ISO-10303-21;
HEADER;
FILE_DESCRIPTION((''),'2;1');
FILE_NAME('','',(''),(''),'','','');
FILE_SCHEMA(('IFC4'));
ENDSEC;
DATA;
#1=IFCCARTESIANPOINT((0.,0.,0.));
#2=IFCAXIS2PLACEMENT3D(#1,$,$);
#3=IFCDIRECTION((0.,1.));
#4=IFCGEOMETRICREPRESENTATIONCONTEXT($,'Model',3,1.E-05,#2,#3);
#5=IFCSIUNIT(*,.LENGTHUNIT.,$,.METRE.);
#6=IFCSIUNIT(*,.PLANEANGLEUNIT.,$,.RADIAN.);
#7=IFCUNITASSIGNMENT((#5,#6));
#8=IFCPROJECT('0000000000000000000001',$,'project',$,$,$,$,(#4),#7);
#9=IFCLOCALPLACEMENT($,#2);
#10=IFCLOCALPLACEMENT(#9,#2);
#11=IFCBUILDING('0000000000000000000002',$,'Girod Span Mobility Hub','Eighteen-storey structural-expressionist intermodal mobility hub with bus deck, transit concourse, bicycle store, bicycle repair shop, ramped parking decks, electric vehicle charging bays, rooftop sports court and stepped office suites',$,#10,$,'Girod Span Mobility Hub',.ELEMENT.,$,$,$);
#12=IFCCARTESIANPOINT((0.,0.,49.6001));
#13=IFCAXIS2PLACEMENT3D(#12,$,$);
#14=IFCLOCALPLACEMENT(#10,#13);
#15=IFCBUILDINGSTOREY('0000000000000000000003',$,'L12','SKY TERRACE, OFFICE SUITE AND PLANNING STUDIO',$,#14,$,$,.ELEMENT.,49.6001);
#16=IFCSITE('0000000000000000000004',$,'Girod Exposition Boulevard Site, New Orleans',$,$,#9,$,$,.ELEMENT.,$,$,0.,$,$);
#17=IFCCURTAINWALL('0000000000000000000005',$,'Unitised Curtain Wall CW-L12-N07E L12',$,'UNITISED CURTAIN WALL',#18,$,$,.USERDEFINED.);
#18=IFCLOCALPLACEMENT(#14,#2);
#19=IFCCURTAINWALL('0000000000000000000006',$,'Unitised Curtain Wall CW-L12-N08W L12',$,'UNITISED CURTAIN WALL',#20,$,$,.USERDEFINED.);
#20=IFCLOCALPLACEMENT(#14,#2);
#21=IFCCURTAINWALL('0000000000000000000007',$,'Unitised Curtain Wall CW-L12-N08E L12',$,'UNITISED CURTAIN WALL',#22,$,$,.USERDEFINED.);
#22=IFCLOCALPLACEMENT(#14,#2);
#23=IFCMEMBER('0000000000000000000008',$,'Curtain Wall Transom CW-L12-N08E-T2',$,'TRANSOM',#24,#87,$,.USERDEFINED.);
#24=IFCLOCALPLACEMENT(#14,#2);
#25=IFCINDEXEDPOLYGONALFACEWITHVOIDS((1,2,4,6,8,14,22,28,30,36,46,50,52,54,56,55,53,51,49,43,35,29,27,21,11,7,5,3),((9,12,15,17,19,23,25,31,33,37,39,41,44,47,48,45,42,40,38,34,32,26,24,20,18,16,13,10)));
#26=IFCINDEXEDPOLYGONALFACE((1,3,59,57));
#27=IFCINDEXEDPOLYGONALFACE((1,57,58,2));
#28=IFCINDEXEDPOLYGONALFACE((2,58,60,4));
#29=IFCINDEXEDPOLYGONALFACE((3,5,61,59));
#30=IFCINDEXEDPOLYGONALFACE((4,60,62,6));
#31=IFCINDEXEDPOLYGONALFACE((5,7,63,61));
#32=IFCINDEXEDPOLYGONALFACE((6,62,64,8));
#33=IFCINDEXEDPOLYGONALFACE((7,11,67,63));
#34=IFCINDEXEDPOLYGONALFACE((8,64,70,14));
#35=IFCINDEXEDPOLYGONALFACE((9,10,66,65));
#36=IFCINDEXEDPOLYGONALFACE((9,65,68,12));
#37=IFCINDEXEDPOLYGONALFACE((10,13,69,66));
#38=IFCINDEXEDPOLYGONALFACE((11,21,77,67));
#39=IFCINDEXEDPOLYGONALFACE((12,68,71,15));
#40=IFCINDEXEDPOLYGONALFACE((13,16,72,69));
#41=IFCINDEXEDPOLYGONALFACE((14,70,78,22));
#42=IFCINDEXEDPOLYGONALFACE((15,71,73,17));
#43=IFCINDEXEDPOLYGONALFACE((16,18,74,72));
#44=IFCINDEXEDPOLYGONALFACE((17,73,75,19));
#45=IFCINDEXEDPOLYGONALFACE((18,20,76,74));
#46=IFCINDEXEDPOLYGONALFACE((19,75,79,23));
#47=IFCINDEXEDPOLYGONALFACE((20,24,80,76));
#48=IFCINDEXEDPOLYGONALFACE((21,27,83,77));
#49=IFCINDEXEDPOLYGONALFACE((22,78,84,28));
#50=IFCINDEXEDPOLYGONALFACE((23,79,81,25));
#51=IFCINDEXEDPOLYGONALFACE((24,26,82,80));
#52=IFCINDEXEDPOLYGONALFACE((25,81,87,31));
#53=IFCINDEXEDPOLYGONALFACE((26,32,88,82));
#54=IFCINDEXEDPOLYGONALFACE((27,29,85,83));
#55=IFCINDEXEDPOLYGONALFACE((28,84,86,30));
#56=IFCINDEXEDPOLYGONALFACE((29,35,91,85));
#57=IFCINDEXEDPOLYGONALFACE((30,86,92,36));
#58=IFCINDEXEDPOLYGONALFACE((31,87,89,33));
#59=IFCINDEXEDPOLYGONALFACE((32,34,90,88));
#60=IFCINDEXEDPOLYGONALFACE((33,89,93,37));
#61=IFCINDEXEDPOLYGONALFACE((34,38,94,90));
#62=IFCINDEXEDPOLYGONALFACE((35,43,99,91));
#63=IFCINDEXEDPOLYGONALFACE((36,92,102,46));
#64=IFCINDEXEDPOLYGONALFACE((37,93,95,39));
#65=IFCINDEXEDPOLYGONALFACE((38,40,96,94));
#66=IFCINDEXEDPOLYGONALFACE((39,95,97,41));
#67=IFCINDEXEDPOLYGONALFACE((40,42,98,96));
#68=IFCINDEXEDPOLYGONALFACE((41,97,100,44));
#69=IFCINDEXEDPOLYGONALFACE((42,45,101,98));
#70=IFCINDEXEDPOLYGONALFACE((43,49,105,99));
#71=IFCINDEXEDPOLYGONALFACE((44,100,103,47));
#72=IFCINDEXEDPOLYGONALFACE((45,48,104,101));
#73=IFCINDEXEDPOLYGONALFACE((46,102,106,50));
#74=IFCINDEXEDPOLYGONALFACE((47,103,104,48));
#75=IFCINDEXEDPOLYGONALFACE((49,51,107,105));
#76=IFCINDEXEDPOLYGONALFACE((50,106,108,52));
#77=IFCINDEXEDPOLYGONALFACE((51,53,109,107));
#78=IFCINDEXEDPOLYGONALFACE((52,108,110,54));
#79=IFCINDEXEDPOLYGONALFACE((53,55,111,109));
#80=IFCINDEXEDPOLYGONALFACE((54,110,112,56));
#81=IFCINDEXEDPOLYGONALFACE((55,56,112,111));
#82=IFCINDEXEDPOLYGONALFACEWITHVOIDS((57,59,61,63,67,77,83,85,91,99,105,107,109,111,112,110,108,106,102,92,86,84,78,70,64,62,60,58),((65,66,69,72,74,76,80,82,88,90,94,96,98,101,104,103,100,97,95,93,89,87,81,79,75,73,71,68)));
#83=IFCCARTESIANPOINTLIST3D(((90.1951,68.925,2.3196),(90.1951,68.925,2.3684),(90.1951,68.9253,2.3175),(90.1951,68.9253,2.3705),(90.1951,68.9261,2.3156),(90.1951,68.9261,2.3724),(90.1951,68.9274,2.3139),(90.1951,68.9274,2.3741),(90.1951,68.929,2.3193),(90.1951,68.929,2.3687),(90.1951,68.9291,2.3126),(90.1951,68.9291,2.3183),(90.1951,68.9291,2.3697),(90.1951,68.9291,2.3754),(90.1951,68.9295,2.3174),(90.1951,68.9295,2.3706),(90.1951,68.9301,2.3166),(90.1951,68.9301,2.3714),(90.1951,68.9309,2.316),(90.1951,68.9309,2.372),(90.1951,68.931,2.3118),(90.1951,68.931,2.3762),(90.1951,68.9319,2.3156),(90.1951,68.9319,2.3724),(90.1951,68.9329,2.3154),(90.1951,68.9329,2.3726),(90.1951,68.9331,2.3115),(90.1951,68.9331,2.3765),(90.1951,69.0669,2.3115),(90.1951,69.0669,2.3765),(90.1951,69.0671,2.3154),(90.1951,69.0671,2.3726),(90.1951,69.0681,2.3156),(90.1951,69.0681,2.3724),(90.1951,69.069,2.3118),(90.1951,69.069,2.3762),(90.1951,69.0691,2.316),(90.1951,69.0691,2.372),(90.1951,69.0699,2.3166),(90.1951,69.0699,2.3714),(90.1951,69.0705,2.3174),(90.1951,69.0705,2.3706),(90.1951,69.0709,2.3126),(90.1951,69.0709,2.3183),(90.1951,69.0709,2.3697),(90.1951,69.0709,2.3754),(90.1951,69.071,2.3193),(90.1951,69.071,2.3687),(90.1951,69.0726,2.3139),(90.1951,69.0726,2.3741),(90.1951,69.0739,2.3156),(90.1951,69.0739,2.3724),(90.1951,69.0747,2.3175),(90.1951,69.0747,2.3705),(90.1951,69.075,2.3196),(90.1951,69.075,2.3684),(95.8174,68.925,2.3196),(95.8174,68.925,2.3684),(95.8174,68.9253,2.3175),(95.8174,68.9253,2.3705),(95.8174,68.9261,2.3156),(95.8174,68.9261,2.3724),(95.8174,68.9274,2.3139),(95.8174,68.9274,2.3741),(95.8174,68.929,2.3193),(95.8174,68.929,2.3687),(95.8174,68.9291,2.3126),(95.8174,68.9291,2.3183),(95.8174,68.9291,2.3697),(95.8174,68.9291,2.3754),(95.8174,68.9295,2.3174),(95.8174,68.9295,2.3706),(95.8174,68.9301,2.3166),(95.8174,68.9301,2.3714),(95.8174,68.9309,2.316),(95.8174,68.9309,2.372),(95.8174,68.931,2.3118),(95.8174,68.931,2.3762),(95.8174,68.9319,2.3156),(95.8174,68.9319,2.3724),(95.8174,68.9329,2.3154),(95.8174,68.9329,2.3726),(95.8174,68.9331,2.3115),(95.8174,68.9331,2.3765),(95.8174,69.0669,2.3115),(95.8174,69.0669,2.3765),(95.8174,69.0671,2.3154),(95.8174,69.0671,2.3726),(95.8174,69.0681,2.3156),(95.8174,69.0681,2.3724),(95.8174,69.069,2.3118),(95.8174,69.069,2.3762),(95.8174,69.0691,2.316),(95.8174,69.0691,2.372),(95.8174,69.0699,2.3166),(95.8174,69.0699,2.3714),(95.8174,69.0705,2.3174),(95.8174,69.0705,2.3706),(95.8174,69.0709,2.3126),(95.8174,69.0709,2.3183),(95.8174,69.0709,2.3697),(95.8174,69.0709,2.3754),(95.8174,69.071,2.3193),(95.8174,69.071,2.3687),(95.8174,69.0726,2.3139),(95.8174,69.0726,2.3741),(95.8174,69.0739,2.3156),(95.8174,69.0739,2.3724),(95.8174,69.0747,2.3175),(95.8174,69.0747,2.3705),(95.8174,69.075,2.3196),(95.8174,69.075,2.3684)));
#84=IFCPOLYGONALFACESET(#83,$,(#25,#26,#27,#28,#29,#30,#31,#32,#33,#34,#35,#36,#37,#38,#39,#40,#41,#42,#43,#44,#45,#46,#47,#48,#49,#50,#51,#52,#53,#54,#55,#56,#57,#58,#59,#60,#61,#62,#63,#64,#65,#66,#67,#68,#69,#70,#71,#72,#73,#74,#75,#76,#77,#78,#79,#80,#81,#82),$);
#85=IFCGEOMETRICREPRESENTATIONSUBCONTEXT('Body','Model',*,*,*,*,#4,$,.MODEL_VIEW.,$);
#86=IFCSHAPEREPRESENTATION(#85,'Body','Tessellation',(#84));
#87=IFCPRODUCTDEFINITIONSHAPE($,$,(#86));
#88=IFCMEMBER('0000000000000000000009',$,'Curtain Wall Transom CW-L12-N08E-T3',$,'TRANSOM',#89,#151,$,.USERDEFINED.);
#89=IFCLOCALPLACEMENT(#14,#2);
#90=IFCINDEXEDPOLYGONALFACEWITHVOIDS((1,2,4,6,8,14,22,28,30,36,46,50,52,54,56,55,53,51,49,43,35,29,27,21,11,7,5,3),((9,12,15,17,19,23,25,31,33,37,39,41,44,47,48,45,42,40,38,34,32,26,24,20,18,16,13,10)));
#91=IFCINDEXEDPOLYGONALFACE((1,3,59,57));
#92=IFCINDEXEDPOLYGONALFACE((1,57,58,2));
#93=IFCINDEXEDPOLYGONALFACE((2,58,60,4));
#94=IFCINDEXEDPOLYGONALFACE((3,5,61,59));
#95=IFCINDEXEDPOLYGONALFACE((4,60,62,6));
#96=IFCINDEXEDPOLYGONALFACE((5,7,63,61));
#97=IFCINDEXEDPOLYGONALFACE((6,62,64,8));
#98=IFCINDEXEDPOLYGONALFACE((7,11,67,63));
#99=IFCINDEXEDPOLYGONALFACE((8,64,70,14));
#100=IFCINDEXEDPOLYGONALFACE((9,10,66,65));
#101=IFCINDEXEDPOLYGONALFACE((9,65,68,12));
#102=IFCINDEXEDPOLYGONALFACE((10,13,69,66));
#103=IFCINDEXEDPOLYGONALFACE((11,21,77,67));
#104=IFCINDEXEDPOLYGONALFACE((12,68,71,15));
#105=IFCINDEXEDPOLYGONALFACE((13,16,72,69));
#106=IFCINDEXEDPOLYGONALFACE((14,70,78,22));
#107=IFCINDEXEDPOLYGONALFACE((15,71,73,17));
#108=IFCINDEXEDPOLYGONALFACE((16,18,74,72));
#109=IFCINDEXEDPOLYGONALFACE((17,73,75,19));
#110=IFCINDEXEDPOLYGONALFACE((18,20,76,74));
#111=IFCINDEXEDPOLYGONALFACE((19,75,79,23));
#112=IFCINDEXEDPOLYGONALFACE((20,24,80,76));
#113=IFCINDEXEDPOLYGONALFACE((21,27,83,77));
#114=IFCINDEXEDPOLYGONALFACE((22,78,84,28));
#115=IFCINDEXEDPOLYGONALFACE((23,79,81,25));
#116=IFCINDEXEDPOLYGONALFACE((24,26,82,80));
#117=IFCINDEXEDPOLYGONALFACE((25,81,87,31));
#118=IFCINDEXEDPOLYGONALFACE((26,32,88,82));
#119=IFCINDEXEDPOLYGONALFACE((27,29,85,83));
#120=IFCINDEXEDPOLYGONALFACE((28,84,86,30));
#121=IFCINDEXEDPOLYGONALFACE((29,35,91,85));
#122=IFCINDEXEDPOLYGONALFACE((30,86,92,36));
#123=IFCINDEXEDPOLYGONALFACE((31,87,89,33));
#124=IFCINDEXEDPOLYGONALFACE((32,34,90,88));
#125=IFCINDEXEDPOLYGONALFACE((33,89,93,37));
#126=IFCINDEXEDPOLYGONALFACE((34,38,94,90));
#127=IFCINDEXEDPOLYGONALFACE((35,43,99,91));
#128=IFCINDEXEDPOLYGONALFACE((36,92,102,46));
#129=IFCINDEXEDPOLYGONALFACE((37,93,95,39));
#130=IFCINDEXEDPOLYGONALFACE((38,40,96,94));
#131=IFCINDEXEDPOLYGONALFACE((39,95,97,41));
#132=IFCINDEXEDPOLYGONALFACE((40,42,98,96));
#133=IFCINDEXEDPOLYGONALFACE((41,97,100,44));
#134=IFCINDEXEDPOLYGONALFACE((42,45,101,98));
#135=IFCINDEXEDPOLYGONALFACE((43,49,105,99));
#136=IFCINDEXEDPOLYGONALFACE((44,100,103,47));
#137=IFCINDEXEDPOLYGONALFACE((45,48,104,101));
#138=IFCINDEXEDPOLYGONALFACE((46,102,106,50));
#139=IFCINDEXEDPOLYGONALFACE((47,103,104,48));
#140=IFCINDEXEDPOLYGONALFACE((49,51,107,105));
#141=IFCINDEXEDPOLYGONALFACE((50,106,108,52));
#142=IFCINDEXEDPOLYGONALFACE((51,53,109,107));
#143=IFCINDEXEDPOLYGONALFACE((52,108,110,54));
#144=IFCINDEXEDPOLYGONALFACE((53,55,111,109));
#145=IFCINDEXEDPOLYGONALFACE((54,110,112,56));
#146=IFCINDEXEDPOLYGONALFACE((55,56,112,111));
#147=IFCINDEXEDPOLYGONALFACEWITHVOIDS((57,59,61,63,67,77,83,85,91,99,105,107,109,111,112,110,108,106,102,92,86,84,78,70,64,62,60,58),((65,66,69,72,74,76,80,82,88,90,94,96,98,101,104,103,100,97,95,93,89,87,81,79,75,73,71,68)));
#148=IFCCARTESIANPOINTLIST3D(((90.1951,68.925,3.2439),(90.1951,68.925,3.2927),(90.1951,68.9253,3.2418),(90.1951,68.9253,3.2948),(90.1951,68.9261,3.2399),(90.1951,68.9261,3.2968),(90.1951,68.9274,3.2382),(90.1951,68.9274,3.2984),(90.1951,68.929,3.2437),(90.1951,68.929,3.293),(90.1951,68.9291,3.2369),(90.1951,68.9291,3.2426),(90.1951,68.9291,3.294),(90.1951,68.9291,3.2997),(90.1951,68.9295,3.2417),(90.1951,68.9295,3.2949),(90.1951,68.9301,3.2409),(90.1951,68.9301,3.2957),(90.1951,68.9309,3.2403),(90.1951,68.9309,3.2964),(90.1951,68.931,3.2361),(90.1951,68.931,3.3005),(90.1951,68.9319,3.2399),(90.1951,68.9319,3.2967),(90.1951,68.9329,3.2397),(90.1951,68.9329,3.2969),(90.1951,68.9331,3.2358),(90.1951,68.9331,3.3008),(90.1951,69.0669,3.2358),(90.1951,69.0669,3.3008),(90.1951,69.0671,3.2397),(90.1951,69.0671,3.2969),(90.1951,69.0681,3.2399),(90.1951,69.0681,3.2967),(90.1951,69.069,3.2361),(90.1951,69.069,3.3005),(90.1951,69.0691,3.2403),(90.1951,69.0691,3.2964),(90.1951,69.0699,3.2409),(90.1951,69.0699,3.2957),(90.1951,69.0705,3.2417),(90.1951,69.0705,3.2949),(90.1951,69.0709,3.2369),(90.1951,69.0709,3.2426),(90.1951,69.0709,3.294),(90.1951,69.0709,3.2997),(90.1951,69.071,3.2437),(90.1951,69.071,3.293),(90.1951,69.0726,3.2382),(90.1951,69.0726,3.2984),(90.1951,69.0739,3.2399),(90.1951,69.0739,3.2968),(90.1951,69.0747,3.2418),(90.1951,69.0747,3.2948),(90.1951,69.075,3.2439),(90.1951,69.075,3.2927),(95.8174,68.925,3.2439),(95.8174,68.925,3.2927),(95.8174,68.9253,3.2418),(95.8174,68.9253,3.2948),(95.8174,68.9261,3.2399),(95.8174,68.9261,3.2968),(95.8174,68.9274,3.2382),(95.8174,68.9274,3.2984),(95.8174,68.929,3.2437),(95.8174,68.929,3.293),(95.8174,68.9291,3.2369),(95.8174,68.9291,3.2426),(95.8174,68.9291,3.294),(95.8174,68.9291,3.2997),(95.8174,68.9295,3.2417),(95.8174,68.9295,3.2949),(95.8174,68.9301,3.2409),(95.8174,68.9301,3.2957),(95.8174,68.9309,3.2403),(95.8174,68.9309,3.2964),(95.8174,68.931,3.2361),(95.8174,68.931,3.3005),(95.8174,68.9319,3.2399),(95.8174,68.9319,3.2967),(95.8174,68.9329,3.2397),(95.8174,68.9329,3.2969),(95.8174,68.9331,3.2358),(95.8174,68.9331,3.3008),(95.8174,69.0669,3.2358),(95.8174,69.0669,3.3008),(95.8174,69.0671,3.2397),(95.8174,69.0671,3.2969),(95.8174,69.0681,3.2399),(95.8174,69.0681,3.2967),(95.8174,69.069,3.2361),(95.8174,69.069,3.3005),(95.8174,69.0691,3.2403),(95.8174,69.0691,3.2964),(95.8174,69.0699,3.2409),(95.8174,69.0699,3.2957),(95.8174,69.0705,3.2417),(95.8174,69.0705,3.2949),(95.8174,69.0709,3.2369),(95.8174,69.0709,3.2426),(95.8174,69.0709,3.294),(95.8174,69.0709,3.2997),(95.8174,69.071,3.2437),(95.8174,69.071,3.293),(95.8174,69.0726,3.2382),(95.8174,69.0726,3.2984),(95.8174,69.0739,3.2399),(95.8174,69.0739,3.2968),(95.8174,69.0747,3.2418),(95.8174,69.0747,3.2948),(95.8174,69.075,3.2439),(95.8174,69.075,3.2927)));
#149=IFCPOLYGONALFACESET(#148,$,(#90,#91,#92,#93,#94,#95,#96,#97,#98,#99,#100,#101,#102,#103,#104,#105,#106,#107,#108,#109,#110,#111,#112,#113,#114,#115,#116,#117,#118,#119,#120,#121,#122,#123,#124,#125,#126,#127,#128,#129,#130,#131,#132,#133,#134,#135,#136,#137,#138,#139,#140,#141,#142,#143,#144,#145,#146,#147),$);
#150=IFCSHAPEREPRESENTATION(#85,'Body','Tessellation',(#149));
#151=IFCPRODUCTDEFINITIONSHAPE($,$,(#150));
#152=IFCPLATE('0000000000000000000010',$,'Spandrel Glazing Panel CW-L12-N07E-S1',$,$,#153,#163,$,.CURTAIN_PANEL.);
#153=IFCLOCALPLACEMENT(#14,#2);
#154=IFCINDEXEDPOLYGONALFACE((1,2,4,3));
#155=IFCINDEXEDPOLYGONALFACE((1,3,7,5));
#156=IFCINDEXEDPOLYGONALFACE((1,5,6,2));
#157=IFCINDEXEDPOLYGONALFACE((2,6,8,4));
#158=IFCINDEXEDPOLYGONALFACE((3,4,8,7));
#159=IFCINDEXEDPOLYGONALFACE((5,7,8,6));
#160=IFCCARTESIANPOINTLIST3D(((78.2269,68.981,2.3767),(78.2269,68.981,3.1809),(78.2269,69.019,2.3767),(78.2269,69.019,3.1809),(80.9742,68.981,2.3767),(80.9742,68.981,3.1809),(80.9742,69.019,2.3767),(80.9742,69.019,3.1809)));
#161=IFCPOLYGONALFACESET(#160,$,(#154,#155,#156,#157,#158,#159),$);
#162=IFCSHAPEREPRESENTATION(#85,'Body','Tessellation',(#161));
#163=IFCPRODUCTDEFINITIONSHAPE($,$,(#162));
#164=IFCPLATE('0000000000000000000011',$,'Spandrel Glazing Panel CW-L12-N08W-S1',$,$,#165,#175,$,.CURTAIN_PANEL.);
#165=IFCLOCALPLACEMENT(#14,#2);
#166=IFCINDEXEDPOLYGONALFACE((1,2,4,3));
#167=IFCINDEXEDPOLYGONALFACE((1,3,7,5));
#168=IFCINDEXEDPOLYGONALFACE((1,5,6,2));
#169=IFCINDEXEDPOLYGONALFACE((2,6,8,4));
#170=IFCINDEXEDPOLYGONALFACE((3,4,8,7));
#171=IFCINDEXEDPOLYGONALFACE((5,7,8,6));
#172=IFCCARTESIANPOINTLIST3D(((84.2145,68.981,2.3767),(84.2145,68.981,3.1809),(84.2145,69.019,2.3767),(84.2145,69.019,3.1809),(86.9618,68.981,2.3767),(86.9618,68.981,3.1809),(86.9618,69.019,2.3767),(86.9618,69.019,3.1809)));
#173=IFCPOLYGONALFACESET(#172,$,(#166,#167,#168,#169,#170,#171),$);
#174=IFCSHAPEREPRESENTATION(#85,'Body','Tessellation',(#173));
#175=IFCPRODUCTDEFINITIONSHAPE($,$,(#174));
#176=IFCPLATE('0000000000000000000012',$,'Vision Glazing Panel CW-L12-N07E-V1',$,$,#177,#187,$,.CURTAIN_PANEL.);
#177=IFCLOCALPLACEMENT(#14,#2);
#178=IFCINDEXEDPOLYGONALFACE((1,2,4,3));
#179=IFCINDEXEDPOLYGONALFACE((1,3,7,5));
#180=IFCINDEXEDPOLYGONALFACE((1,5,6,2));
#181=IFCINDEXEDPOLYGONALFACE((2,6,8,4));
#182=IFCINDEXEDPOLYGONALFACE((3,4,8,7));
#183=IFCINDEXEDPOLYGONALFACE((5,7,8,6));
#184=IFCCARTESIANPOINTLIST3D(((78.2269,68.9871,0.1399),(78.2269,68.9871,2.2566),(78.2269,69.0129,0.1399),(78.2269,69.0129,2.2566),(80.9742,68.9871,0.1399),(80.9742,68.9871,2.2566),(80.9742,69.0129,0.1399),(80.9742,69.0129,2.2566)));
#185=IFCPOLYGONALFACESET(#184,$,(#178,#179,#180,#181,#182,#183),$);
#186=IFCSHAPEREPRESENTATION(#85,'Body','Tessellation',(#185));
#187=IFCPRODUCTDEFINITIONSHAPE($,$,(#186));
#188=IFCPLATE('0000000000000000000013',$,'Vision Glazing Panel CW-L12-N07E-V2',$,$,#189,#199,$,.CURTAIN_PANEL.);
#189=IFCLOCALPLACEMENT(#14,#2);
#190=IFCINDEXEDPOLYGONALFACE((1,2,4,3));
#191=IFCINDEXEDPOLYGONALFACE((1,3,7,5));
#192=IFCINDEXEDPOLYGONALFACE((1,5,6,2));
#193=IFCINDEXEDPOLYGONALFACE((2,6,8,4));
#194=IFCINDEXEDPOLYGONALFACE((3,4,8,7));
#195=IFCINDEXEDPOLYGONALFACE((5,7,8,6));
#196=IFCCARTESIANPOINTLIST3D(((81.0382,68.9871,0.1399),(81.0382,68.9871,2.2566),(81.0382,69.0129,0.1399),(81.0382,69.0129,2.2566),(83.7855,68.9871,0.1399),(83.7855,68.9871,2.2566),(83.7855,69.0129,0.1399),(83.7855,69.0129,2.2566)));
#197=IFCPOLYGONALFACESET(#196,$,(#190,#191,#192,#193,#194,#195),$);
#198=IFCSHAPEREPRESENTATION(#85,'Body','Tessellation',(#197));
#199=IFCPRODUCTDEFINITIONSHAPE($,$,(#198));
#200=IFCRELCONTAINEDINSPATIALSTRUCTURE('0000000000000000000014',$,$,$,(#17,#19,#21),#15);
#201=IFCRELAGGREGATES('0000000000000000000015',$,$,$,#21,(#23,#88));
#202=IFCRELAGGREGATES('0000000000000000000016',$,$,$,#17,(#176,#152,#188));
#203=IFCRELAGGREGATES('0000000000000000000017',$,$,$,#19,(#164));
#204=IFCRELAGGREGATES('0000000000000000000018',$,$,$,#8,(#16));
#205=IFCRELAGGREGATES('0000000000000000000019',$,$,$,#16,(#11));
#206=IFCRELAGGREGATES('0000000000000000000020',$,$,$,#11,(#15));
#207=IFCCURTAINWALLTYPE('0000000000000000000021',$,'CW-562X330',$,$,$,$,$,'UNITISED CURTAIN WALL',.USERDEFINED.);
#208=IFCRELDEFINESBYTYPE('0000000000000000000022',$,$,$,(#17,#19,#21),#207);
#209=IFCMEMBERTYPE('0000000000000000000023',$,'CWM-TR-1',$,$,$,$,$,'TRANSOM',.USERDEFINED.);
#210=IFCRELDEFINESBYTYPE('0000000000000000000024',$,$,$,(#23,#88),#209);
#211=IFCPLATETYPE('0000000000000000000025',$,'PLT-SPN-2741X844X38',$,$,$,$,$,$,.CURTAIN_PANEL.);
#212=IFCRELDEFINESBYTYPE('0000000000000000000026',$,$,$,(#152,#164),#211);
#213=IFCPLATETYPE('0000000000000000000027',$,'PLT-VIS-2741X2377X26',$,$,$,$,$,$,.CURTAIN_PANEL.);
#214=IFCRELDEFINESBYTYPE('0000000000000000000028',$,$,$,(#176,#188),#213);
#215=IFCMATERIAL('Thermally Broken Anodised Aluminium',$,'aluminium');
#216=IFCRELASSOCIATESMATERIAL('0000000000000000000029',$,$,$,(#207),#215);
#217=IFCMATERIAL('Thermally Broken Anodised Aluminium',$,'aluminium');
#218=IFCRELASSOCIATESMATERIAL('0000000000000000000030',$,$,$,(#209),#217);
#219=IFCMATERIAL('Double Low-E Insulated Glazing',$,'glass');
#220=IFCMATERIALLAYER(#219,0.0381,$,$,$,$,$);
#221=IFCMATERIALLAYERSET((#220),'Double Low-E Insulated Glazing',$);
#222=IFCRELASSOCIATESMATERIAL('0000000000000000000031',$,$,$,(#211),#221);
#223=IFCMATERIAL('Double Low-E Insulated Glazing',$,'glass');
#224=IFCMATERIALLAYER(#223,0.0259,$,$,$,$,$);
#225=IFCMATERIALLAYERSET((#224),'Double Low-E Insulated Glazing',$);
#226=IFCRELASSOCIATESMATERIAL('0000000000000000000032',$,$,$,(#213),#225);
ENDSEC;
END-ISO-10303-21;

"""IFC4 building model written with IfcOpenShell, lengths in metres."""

from ifc_helpers import new_model, si_unit, direction, frame, origin, origin_2d, place, context, subcontext, project, spatial, rectangle, hollow_rectangle, extrude, material, layer, layer_set, material_profile, profile_set, type_object, element, aggregate, save


model = new_model("IFC4")

# Units and contexts
model_context = context("Model", 3, precision=1e-05, world=origin(), true_north=direction((0.0, 1.0)))
body_context = subcontext(model_context, "Body", "Model", "MODEL_VIEW")
ifc_project = project(units=[si_unit("LENGTHUNIT", "METRE"), si_unit("PLANEANGLEUNIT", "RADIAN")], contexts=[model_context])

# Site, building, storey
site_placement = place(None, origin())
site = spatial("IfcSite", under=ifc_project, at=site_placement, Name="Girod Exposition Boulevard Site, New Orleans", CompositionType="ELEMENT", RefElevation=0.0)
building_placement = place(site_placement, origin())
building = spatial("IfcBuilding", under=site, at=building_placement, Name="Girod Span Mobility Hub", Description="Eighteen-storey structural-expressionist intermodal mobility hub with bus deck, transit concourse, bicycle store, bicycle repair shop, ramped parking decks, electric vehicle charging bays, rooftop sports court and stepped office suites", LongName="Girod Span Mobility Hub", CompositionType="ELEMENT")
storey_placement = place(building_placement, frame((0.0, 0.0, 49.6001)))
storey = spatial("IfcBuildingStorey", under=building, at=storey_placement, Name="L12", Description="SKY TERRACE, OFFICE SUITE AND PLANNING STUDIO", CompositionType="ELEMENT", Elevation=49.6001)

# Curtain walls
ifc_material_1 = material(Name="Thermally Broken Anodised Aluminium", Category="aluminium")
curtain_wall_type = type_object("IfcCurtainWallType", Name="CW-562X330", ElementType="UNITISED CURTAIN WALL", PredefinedType="USERDEFINED", material=ifc_material_1)
curtain_wall_1_placement = place(storey_placement, origin())
curtain_wall_1 = element("IfcCurtainWall", 1, at=curtain_wall_1_placement, inside=storey, type_object=curtain_wall_type, Name="Unitised Curtain Wall CW-L12-N07E L12", ObjectType="UNITISED CURTAIN WALL", PredefinedType="USERDEFINED")
curtain_wall_2_placement = place(storey_placement, origin())
curtain_wall_2 = element("IfcCurtainWall", 2, at=curtain_wall_2_placement, inside=storey, type_object=curtain_wall_type, Name="Unitised Curtain Wall CW-L12-N08W L12", ObjectType="UNITISED CURTAIN WALL", PredefinedType="USERDEFINED")

# Curtain wall
curtain_wall_3_placement = place(storey_placement, origin())
curtain_wall_3 = element("IfcCurtainWall", 3, at=curtain_wall_3_placement, inside=storey, type_object=curtain_wall_type, Name="Unitised Curtain Wall CW-L12-N08E L12", ObjectType="UNITISED CURTAIN WALL", PredefinedType="USERDEFINED")

# Members
ifc_material_2 = material(Name="Thermally Broken Anodised Aluminium", Category="aluminium")
ifc_material_profile_1 = material_profile(ifc_material_2, hollow_rectangle(XDim=0.1499, YDim=0.0649, WallThickness=0.0039, InnerFilletRadius=0.0039, OuterFilletRadius=0.0081, at=origin_2d()), Name="CW-TR-65X150")
ifc_profile_set_1 = profile_set([ifc_material_profile_1], Name="Thermally Broken Anodised Aluminium")
member_type_1 = type_object("IfcMemberType", Name="CWM-TR-1", ElementType="TRANSOM", PredefinedType="USERDEFINED", material=ifc_profile_set_1)
member_1_placement = place(storey_placement, frame((90.1951, 69.0, 2.344), z_axis=(1.0, 0.0, 0.0), x_axis=(0.0, 1.0, 0.0)))
member_1 = element("IfcMember", 4, at=member_1_placement, type_object=member_type_1, Name="Curtain Wall Transom CW-L12-N08E-T2", ObjectType="TRANSOM", PredefinedType="USERDEFINED", context=body_context, shape_type="SweptSolid", body=[
    extrude(hollow_rectangle(XDim=0.1499, YDim=0.0649, WallThickness=0.0039, InnerFilletRadius=0.0039, OuterFilletRadius=0.0081, at=origin_2d()), origin(), (0.0, 0.0, 1.0), 5.6223),
])
member_2_placement = place(storey_placement, frame((90.1951, 69.0, 3.2683), z_axis=(1.0, 0.0, 0.0), x_axis=(0.0, 1.0, 0.0)))
member_2 = element("IfcMember", 5, at=member_2_placement, type_object=member_type_1, Name="Curtain Wall Transom CW-L12-N08E-T3", ObjectType="TRANSOM", PredefinedType="USERDEFINED", context=body_context, shape_type="SweptSolid", body=[
    extrude(hollow_rectangle(XDim=0.1499, YDim=0.0649, WallThickness=0.0039, InnerFilletRadius=0.0039, OuterFilletRadius=0.0081, at=origin_2d()), origin(), (0.0, 0.0, 1.0), 5.6223),
])
aggregate(curtain_wall_3, [member_1, member_2])

# Plates
ifc_material_3 = material(Name="Double Low-E Insulated Glazing", Category="glass")
ifc_layer_1 = layer(ifc_material_3, 0.0381)
ifc_layer_set_1 = layer_set([ifc_layer_1], Name="Double Low-E Insulated Glazing")
plate_type_1 = type_object("IfcPlateType", Name="PLT-SPN-2741X844X38", PredefinedType="CURTAIN_PANEL", material=ifc_layer_set_1)
plate_1_placement = place(storey_placement, frame((79.6006, 69.0, 2.3767), z_axis=(0.0, 0.0, 1.0), x_axis=(1.0, 0.0, 0.0)))
plate_1 = element("IfcPlate", 6, at=plate_1_placement, type_object=plate_type_1, Name="Spandrel Glazing Panel CW-L12-N07E-S1", PredefinedType="CURTAIN_PANEL", context=body_context, shape_type="SweptSolid", body=[
    extrude(rectangle(XDim=2.7473, YDim=0.0381, at=origin_2d()), origin(), (0.0, 0.0, 1.0), 0.8042),
])
plate_2_placement = place(storey_placement, frame((85.5881, 69.0, 2.3767), z_axis=(0.0, 0.0, 1.0), x_axis=(1.0, 0.0, 0.0)))
plate_2 = element("IfcPlate", 7, at=plate_2_placement, type_object=plate_type_1, Name="Spandrel Glazing Panel CW-L12-N08W-S1", PredefinedType="CURTAIN_PANEL", context=body_context, shape_type="SweptSolid", body=[
    extrude(rectangle(XDim=2.7473, YDim=0.0381, at=origin_2d()), origin(), (0.0, 0.0, 1.0), 0.8042),
])
ifc_material_4 = material(Name="Double Low-E Insulated Glazing", Category="glass")
ifc_layer_2 = layer(ifc_material_4, 0.0259)
ifc_layer_set_2 = layer_set([ifc_layer_2], Name="Double Low-E Insulated Glazing")
plate_type_2 = type_object("IfcPlateType", Name="PLT-VIS-2741X2377X26", PredefinedType="CURTAIN_PANEL", material=ifc_layer_set_2)
plate_3_placement = place(storey_placement, frame((79.6006, 69.0, 0.1399), z_axis=(0.0, 0.0, 1.0), x_axis=(1.0, 0.0, 0.0)))
plate_3 = element("IfcPlate", 8, at=plate_3_placement, type_object=plate_type_2, Name="Vision Glazing Panel CW-L12-N07E-V1", PredefinedType="CURTAIN_PANEL", context=body_context, shape_type="SweptSolid", body=[
    extrude(rectangle(XDim=2.7473, YDim=0.0259, at=origin_2d()), origin(), (0.0, 0.0, 1.0), 2.1167),
])
plate_4_placement = place(storey_placement, frame((82.4119, 69.0, 0.1399), z_axis=(0.0, 0.0, 1.0), x_axis=(1.0, 0.0, 0.0)))
plate_4 = element("IfcPlate", 9, at=plate_4_placement, type_object=plate_type_2, Name="Vision Glazing Panel CW-L12-N07E-V2", PredefinedType="CURTAIN_PANEL", context=body_context, shape_type="SweptSolid", body=[
    extrude(rectangle(XDim=2.7473, YDim=0.0259, at=origin_2d()), origin(), (0.0, 0.0, 1.0), 2.1167),
])
aggregate(curtain_wall_1, [plate_3, plate_1, plate_4])
aggregate(curtain_wall_2, [plate_2])

save(model, "model.ifc")
